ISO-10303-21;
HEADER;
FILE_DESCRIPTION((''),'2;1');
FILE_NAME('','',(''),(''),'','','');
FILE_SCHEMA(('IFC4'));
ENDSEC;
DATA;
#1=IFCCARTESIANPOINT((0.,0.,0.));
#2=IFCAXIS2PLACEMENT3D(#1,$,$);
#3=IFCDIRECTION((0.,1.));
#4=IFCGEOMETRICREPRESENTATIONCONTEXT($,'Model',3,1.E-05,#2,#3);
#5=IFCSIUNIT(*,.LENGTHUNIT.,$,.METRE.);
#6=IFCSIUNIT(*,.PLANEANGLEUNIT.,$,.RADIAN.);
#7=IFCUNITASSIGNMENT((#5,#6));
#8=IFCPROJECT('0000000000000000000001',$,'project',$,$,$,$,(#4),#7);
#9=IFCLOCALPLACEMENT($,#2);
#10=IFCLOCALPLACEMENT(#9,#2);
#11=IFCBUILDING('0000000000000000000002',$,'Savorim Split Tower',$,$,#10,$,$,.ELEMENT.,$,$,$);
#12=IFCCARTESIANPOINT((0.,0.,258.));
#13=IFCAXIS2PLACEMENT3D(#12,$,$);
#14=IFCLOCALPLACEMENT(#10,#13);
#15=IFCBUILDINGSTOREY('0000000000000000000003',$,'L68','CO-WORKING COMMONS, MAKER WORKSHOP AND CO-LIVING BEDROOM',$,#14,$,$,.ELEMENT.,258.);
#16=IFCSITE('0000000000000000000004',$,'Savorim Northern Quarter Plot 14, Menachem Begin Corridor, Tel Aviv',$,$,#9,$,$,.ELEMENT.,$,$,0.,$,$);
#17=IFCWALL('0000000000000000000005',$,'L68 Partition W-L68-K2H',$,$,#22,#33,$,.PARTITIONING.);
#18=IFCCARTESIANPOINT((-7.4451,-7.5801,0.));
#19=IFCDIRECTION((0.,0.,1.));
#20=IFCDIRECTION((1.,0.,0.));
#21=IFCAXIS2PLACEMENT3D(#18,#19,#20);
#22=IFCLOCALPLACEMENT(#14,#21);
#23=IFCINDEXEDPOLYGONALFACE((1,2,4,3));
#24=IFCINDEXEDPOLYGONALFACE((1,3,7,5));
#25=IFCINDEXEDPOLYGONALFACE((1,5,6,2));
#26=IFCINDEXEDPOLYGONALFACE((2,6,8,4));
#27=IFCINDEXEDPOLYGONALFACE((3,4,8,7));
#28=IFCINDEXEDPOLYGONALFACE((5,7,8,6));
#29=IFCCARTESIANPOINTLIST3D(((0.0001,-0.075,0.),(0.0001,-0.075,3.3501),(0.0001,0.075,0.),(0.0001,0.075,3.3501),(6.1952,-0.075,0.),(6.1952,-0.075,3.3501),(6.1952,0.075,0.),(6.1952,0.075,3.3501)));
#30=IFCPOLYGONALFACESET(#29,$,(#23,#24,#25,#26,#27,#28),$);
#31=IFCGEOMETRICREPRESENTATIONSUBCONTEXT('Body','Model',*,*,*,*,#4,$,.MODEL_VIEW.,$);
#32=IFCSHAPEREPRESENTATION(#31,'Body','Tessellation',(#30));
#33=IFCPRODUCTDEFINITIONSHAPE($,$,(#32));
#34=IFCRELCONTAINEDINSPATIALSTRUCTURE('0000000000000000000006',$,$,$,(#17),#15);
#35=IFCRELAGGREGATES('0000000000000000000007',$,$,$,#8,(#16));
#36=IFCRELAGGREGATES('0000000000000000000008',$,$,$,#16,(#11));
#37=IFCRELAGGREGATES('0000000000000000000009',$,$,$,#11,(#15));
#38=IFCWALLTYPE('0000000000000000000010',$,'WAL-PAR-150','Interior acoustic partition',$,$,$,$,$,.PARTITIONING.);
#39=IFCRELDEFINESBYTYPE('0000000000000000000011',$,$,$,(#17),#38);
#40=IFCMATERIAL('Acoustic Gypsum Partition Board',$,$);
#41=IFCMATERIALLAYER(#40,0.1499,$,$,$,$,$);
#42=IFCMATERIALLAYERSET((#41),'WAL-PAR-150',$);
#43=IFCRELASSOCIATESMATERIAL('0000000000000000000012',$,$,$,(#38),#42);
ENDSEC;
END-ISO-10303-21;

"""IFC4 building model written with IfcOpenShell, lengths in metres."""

from ifc_helpers import new_model, si_unit, direction, frame, frame_2d, origin, place, context, subcontext, project, spatial, rectangle, extrude, material, layer, layer_set, type_object, element, save


model = new_model("IFC4")

# Units and contexts
model_context = context("Model", 3, precision=1e-05, world=origin(), true_north=direction((0.0, 1.0)))
body_context = subcontext(model_context, "Body", "Model", "MODEL_VIEW")
ifc_project = project(units=[si_unit("LENGTHUNIT", "METRE"), si_unit("PLANEANGLEUNIT", "RADIAN")], contexts=[model_context])

# Site, building, storey
site_placement = place(None, origin())
site = spatial("IfcSite", under=ifc_project, at=site_placement, Name="Savorim Northern Quarter Plot 14, Menachem Begin Corridor, Tel Aviv", CompositionType="ELEMENT", RefElevation=0.0)
building_placement = place(site_placement, origin())
building = spatial("IfcBuilding", under=site, at=building_placement, Name="Savorim Split Tower", CompositionType="ELEMENT")
storey_placement = place(building_placement, frame((0.0, 0.0, 258.0)))
storey = spatial("IfcBuildingStorey", under=building, at=storey_placement, Name="L68", Description="CO-WORKING COMMONS, MAKER WORKSHOP AND CO-LIVING BEDROOM", CompositionType="ELEMENT", Elevation=258.0)

# Shared definitions
ifc_material_1 = material(Name="Acoustic Gypsum Partition Board")
ifc_layer_1 = layer(ifc_material_1, 0.1499)
ifc_layer_set_1 = layer_set([ifc_layer_1], Name="WAL-PAR-150")
wall_type_1 = type_object("IfcWallType", Name="WAL-PAR-150", Description="Interior acoustic partition", PredefinedType="PARTITIONING", material=ifc_layer_set_1)

# Wall
wall_1_placement = place(storey_placement, frame((-7.4451, -7.5801, 0.0), z_axis=(0.0, 0.0, 1.0), x_axis=(1.0, 0.0, 0.0)))
element("IfcWall", 1, at=wall_1_placement, inside=storey, type_object=wall_type_1, Name="L68 Partition W-L68-K2H", PredefinedType="PARTITIONING", context=body_context, shape_type="SweptSolid", body=[
    extrude(rectangle(XDim=6.1951, YDim=0.1499, at=frame_2d((3.0977, 0.0))), origin(), (0.0, 0.0, 1.0), 3.3501),
])

save(model, "model.ifc")
